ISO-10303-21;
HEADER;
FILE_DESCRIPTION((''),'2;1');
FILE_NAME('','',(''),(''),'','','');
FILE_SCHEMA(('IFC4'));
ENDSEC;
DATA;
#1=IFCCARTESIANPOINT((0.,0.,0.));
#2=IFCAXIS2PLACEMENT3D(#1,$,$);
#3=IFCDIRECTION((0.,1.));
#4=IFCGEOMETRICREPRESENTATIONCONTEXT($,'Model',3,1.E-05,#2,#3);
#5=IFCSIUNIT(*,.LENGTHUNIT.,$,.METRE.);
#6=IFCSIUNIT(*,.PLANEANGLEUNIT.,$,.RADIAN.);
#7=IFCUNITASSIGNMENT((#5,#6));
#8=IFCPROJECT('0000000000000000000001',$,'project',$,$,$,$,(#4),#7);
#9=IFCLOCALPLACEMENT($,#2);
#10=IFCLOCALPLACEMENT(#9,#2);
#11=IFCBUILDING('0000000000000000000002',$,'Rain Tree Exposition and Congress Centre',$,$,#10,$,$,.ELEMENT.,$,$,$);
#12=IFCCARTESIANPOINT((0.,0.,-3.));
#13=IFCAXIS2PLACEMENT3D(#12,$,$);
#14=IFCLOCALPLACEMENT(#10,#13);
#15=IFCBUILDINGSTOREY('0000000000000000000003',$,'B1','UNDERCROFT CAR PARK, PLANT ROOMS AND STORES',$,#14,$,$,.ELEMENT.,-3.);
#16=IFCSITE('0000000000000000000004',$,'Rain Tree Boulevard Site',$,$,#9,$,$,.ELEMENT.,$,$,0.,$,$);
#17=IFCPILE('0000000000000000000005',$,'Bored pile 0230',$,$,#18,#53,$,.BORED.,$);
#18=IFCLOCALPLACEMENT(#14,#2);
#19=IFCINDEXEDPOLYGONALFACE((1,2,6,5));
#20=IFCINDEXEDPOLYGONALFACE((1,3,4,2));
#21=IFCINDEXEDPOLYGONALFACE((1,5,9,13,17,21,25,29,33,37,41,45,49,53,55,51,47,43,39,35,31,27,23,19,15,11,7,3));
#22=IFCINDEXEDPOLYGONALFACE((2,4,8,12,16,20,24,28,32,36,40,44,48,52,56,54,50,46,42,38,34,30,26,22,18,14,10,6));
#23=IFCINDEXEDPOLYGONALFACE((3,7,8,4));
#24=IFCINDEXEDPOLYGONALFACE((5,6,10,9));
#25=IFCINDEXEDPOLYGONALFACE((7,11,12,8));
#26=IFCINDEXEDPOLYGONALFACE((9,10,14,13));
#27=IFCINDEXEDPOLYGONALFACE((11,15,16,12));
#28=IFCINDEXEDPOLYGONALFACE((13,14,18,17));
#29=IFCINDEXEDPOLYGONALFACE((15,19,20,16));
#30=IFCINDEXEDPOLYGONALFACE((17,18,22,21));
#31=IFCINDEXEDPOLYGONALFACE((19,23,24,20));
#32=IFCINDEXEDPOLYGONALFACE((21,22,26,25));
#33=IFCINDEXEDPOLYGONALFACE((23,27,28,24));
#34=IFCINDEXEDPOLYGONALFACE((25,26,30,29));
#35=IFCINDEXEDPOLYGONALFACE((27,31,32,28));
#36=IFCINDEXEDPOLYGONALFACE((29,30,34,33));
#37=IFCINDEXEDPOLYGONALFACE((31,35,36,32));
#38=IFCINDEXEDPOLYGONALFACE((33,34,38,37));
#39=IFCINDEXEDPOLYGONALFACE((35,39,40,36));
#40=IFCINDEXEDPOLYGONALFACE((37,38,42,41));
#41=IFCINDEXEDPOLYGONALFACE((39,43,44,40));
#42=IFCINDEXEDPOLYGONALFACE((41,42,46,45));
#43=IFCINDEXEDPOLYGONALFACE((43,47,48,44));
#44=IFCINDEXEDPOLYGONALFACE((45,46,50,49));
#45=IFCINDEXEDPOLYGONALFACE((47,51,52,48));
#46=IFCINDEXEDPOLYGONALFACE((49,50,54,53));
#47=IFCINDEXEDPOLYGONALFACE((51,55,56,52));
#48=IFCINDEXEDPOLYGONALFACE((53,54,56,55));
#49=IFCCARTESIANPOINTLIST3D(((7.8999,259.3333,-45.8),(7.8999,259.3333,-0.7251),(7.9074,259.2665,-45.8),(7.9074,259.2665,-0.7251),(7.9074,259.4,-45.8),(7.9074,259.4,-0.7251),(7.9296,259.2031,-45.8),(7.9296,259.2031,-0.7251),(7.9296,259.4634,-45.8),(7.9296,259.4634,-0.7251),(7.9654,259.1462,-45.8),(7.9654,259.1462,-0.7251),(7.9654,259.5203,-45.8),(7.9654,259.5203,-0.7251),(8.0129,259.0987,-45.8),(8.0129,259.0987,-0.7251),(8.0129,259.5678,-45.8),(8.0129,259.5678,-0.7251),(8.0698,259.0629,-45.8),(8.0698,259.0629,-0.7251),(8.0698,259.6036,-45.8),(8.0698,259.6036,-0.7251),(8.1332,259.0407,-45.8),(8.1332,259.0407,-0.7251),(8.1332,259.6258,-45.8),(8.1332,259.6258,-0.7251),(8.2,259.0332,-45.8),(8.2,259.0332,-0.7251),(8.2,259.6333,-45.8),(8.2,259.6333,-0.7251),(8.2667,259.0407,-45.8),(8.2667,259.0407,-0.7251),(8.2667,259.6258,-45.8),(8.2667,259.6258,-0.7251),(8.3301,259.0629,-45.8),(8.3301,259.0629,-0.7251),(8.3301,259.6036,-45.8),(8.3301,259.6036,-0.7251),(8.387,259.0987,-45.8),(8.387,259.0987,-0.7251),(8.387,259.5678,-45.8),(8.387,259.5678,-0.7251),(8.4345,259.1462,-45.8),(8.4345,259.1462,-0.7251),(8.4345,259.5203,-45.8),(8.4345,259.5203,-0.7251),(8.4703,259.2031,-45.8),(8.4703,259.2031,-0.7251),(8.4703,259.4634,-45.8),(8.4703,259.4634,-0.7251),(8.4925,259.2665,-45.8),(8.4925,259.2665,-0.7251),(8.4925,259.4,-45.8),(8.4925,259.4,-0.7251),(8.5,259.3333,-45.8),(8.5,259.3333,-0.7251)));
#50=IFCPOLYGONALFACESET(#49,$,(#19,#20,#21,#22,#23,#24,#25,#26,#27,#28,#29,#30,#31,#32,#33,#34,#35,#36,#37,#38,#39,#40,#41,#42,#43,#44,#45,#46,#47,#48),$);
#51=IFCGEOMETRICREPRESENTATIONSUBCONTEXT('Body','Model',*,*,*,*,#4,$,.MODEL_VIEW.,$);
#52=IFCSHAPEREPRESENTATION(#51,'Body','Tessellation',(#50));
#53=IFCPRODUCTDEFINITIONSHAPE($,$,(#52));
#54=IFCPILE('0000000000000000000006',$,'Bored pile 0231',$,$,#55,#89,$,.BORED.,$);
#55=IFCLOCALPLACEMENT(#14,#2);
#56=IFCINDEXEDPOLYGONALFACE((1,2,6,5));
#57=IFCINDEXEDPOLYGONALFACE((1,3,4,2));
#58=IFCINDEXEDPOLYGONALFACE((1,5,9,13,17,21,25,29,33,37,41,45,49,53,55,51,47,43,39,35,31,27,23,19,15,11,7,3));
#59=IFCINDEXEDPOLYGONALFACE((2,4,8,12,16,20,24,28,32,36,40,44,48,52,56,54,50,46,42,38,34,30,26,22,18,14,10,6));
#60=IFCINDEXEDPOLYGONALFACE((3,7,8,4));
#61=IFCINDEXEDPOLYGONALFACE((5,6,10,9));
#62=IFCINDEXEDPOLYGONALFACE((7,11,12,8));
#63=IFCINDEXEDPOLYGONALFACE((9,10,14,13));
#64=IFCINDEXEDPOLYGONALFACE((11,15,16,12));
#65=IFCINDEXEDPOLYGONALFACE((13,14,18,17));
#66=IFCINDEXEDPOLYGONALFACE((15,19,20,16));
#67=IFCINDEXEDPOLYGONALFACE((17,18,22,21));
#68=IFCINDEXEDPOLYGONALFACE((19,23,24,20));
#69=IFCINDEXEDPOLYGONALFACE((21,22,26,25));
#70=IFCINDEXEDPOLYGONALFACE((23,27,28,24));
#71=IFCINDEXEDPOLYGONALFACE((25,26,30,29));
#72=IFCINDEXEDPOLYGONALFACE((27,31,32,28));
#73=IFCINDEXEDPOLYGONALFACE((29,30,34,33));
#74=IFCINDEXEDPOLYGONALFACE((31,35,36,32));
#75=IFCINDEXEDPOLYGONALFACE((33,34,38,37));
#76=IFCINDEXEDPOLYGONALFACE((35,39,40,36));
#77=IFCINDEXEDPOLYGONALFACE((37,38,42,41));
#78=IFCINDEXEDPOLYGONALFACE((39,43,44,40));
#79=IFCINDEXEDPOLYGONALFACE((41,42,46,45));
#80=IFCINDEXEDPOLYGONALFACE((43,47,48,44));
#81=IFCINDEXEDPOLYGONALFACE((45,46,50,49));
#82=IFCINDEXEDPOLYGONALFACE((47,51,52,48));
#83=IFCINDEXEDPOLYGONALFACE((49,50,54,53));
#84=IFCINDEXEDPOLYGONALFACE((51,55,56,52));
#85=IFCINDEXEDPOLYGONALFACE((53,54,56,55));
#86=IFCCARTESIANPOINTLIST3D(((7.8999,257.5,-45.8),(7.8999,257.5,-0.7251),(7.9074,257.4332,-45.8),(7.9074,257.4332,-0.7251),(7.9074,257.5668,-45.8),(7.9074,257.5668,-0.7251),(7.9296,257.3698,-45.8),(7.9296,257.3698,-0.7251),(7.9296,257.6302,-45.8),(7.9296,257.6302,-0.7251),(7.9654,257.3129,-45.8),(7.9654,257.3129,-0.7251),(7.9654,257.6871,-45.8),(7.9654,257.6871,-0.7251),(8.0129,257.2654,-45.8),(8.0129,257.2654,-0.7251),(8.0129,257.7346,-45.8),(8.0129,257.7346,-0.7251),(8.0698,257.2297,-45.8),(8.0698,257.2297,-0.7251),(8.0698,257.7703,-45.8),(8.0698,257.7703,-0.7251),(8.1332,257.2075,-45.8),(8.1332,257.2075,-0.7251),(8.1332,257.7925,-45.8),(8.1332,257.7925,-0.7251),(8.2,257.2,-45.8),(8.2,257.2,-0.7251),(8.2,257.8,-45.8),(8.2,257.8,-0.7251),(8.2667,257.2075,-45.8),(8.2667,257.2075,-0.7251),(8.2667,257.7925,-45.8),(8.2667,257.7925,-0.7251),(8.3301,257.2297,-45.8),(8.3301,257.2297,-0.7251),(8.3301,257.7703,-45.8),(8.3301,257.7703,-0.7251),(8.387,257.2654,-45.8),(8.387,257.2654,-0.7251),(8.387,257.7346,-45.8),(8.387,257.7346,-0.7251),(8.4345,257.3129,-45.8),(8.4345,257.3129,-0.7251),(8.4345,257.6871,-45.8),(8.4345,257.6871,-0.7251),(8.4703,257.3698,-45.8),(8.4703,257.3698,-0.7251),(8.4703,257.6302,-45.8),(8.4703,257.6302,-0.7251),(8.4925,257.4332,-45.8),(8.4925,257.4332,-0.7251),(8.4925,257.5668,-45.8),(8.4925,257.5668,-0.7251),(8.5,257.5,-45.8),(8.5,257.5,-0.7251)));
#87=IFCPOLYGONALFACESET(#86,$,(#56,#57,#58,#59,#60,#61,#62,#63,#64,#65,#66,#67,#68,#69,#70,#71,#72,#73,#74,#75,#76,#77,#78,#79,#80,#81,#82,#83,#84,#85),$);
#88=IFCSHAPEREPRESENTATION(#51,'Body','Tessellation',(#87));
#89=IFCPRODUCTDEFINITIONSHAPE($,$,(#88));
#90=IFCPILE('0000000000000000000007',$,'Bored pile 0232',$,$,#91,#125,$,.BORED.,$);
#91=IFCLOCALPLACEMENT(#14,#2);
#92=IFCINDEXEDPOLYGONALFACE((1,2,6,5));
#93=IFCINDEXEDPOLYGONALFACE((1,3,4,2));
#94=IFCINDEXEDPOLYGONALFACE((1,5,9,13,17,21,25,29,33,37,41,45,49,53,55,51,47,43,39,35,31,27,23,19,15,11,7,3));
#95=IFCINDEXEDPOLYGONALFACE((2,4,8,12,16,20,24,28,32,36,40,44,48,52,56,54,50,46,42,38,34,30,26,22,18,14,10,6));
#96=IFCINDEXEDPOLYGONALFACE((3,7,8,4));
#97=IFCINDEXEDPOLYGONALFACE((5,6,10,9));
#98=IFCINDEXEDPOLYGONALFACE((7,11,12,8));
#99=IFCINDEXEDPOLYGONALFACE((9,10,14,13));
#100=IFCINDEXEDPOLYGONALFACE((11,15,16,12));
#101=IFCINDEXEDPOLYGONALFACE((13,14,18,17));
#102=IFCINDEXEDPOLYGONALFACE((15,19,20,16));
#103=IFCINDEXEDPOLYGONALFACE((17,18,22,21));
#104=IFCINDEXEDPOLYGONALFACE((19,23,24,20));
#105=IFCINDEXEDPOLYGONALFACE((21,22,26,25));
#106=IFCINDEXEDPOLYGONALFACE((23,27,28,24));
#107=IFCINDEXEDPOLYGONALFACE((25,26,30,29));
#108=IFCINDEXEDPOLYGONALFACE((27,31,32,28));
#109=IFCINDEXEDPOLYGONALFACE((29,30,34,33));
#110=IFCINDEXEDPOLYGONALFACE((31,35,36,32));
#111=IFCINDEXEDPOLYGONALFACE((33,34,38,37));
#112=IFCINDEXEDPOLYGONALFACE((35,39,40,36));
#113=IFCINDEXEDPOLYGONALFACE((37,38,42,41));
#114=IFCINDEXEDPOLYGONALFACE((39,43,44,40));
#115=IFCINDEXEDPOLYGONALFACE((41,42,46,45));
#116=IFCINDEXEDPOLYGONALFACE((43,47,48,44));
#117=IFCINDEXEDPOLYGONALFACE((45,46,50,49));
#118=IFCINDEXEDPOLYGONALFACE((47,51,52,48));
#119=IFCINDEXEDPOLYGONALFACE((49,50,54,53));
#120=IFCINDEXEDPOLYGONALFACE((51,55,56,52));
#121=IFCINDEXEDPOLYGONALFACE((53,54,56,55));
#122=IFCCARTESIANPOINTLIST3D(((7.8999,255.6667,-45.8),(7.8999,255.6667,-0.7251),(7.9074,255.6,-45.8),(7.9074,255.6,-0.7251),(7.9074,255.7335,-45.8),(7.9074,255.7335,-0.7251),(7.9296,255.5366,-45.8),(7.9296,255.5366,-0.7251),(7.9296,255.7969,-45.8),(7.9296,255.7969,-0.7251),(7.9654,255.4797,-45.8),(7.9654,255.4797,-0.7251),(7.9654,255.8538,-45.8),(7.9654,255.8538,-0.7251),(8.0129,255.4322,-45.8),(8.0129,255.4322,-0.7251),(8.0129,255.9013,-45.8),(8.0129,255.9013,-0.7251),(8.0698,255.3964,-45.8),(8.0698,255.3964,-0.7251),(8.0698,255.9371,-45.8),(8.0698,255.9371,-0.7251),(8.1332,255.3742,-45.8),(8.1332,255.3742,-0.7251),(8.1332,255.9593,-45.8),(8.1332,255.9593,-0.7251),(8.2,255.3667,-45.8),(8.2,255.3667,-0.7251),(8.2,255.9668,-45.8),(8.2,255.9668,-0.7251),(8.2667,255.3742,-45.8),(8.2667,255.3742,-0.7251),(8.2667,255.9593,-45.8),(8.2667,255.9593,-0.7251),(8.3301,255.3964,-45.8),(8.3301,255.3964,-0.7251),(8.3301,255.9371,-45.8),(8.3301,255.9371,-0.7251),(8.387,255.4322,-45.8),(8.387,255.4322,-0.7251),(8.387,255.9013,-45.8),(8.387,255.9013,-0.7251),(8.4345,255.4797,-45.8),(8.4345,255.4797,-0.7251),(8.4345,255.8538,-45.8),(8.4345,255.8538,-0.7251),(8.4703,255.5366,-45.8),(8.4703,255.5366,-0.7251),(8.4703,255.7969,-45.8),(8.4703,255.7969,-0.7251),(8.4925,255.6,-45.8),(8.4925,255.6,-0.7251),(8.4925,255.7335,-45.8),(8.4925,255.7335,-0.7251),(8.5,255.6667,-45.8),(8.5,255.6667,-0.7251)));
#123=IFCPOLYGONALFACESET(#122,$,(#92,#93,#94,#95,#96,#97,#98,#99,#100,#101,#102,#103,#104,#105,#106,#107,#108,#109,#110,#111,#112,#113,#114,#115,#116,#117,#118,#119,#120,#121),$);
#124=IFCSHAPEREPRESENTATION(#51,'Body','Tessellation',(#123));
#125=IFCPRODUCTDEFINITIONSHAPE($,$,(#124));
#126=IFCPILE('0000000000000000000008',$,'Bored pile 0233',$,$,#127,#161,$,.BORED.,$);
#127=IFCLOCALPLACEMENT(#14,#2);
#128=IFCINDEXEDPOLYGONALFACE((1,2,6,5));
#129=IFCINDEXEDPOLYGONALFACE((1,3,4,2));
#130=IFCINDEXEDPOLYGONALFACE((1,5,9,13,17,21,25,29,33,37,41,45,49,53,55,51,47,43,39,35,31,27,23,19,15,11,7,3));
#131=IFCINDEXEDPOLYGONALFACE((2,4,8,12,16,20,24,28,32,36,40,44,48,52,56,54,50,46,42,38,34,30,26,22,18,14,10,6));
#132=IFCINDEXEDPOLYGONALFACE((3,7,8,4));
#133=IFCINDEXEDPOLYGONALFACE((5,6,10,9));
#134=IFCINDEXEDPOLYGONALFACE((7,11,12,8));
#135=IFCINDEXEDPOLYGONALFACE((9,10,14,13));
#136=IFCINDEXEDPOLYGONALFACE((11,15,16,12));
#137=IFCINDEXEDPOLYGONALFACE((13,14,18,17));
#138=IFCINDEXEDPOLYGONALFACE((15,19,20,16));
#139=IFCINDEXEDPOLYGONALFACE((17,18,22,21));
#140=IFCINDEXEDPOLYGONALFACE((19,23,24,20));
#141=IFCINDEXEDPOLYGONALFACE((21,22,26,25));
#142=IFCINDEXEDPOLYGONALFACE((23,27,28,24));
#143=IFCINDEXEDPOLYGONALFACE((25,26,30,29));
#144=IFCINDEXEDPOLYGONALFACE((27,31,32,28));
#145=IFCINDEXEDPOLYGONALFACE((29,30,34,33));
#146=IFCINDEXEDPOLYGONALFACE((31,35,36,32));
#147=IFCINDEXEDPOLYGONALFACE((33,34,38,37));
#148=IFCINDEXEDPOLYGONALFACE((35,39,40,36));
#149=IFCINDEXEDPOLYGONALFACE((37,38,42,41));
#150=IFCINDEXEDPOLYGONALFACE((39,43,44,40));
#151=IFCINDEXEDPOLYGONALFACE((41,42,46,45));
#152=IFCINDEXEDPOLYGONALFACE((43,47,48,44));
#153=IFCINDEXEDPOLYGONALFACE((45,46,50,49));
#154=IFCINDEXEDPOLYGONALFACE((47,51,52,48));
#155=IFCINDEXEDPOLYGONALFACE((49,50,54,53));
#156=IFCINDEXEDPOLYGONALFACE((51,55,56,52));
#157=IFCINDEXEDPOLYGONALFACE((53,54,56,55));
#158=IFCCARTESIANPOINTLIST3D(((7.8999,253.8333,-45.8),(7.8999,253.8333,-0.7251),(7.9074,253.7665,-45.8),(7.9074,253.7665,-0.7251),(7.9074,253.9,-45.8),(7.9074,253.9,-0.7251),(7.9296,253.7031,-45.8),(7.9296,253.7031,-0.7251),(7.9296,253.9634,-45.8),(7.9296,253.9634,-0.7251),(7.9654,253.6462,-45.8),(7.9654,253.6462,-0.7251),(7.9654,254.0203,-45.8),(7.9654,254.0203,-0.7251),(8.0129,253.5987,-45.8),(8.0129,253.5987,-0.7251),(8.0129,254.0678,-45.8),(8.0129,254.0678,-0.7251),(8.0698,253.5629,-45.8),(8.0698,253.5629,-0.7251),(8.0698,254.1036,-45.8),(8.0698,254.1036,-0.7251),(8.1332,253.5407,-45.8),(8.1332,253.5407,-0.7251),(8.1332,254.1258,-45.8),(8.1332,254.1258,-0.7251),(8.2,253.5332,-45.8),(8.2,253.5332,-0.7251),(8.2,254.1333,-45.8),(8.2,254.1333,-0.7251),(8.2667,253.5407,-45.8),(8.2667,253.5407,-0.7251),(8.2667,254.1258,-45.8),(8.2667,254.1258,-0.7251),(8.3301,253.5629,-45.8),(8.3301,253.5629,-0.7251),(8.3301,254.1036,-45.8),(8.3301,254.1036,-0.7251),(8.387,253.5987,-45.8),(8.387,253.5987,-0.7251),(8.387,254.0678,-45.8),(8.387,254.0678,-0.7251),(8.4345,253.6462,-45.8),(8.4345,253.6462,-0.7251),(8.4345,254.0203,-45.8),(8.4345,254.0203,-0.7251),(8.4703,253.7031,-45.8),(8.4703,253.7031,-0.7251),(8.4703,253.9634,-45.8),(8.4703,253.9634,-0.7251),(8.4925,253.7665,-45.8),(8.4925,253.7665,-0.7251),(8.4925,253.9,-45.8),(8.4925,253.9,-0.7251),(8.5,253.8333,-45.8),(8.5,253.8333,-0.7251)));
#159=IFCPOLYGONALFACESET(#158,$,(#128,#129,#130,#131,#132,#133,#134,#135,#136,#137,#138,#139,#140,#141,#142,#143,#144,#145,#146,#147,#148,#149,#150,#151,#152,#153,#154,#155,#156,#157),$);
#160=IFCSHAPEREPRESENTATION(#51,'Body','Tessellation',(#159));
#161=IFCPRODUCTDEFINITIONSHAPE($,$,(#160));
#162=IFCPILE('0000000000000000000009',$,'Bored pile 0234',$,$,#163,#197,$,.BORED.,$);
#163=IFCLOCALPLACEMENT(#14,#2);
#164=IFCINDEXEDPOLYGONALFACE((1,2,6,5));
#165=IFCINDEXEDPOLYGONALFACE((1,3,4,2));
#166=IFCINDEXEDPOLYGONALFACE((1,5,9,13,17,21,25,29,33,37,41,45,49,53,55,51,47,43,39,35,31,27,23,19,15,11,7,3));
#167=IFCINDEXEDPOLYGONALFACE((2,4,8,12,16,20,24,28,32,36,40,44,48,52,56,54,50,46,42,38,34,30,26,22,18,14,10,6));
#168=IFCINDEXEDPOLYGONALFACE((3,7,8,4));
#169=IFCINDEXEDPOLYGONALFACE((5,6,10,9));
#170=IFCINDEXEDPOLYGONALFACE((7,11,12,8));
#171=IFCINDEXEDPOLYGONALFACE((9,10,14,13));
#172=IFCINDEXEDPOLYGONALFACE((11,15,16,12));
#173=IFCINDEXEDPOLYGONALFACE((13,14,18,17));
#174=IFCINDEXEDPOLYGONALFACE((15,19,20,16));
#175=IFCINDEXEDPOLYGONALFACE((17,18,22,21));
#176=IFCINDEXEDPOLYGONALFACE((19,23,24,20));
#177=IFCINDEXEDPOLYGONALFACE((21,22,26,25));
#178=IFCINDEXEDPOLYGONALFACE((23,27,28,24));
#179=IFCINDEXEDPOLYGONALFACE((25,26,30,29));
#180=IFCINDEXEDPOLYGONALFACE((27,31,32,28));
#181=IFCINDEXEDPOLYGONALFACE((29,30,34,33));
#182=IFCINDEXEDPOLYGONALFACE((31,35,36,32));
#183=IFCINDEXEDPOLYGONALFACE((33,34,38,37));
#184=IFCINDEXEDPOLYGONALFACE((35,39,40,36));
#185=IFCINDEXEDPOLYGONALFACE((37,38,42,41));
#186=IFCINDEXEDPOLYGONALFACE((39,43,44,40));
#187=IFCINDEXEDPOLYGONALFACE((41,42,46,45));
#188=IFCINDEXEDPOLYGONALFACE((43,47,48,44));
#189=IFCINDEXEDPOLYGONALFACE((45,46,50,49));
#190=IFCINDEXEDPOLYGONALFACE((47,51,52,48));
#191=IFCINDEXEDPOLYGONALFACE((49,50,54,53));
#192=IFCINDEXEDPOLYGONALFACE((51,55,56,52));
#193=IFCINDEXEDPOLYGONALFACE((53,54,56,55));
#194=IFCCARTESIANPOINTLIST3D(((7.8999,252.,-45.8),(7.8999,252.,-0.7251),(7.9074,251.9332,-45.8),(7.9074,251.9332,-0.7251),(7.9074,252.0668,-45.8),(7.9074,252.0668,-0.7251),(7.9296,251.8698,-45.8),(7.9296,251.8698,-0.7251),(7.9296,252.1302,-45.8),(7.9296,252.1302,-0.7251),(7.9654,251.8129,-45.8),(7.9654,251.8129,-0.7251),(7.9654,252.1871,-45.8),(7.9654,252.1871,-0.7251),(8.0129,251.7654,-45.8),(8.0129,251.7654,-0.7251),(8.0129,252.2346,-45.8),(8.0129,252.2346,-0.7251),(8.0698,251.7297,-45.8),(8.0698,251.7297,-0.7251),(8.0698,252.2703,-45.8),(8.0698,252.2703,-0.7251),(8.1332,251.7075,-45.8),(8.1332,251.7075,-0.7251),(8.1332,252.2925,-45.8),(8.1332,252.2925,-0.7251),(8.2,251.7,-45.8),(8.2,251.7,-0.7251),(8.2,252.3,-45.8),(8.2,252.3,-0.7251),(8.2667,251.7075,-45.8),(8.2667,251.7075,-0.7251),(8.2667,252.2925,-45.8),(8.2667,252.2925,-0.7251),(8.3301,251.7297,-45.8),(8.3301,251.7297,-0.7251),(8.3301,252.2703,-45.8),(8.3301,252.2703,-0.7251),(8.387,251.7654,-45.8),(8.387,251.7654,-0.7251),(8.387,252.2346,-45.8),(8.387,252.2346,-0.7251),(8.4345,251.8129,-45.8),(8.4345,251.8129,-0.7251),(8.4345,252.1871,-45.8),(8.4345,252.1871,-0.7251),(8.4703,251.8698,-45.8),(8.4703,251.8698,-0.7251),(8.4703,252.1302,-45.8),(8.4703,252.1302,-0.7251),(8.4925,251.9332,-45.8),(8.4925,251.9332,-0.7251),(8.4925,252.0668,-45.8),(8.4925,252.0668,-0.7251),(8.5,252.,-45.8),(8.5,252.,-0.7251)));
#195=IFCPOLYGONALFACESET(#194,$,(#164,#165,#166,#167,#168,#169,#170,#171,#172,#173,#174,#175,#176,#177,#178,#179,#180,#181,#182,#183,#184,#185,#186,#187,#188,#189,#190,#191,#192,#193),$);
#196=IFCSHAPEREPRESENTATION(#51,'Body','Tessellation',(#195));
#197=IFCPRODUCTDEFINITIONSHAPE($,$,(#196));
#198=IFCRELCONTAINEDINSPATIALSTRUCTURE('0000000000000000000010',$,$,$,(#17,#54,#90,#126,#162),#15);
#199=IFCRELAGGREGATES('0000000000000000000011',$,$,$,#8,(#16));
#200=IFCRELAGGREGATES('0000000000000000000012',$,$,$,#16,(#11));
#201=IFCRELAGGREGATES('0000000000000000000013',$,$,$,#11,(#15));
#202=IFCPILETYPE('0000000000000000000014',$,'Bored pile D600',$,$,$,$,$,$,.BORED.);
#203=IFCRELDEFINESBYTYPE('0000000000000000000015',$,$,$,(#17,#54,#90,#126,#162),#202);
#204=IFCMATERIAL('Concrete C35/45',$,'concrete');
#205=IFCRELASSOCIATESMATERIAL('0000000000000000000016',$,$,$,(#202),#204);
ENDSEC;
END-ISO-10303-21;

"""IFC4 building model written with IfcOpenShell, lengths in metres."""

from ifc_helpers import new_model, si_unit, direction, frame, origin, origin_2d, place, context, subcontext, project, spatial, circle, extrude, material, material_profile, profile_set, type_object, element, save


model = new_model("IFC4")

# Units and contexts
model_context = context("Model", 3, precision=1e-05, world=origin(), true_north=direction((0.0, 1.0)))
body_context = subcontext(model_context, "Body", "Model", "MODEL_VIEW")
ifc_project = project(units=[si_unit("LENGTHUNIT", "METRE"), si_unit("PLANEANGLEUNIT", "RADIAN")], contexts=[model_context])

# Site, building, storey
site_placement = place(None, origin())
site = spatial("IfcSite", under=ifc_project, at=site_placement, Name="Rain Tree Boulevard Site", CompositionType="ELEMENT", RefElevation=0.0)
building_placement = place(site_placement, origin())
building = spatial("IfcBuilding", under=site, at=building_placement, Name="Rain Tree Exposition and Congress Centre", CompositionType="ELEMENT")
storey_placement = place(building_placement, frame((0.0, 0.0, -3.0)))
storey = spatial("IfcBuildingStorey", under=building, at=storey_placement, Name="B1", Description="UNDERCROFT CAR PARK, PLANT ROOMS AND STORES", CompositionType="ELEMENT", Elevation=-3.0)

# Piles
ifc_material_1 = material(Name="Concrete C35/45", Category="concrete")
ifc_material_profile_1 = material_profile(ifc_material_1, circle(Radius=0.3, at=origin_2d()), Name="D600")
ifc_profile_set_1 = profile_set([ifc_material_profile_1], Name="Concrete C35/45")
pile_type_1 = type_object("IfcPileType", Name="Bored pile D600", PredefinedType="BORED", material=ifc_profile_set_1)
for number, where, z_axis, x_axis, name in (
    (1, (8.2, 259.3333, -0.7251), (0.0, 0.0, -1.0), (1.0, 0.0, 0.0), "Bored pile 0230"),
    (2, (8.2, 257.5, -0.7251), (0.0, 0.0, -1.0), (1.0, 0.0, 0.0), "Bored pile 0231"),
    (3, (8.2, 255.6667, -0.7251), (0.0, 0.0, -1.0), (1.0, 0.0, 0.0), "Bored pile 0232"),
    (4, (8.2, 253.8333, -0.7251), (0.0, 0.0, -1.0), (1.0, 0.0, 0.0), "Bored pile 0233"),
    (5, (8.2, 252.0, -0.7251), (0.0, 0.0, -1.0), (1.0, 0.0, 0.0), "Bored pile 0234"),
):
    element("IfcPile", number, at=place(storey_placement, frame(where, z_axis=z_axis, x_axis=x_axis)), inside=storey, type_object=pile_type_1, Name=name, PredefinedType="BORED", context=body_context, shape_type="SweptSolid", body=[
        extrude(circle(Radius=0.3, at=origin_2d()), origin(), (0.0, 0.0, 1.0), 45.075),
    ])

save(model, "model.ifc")
